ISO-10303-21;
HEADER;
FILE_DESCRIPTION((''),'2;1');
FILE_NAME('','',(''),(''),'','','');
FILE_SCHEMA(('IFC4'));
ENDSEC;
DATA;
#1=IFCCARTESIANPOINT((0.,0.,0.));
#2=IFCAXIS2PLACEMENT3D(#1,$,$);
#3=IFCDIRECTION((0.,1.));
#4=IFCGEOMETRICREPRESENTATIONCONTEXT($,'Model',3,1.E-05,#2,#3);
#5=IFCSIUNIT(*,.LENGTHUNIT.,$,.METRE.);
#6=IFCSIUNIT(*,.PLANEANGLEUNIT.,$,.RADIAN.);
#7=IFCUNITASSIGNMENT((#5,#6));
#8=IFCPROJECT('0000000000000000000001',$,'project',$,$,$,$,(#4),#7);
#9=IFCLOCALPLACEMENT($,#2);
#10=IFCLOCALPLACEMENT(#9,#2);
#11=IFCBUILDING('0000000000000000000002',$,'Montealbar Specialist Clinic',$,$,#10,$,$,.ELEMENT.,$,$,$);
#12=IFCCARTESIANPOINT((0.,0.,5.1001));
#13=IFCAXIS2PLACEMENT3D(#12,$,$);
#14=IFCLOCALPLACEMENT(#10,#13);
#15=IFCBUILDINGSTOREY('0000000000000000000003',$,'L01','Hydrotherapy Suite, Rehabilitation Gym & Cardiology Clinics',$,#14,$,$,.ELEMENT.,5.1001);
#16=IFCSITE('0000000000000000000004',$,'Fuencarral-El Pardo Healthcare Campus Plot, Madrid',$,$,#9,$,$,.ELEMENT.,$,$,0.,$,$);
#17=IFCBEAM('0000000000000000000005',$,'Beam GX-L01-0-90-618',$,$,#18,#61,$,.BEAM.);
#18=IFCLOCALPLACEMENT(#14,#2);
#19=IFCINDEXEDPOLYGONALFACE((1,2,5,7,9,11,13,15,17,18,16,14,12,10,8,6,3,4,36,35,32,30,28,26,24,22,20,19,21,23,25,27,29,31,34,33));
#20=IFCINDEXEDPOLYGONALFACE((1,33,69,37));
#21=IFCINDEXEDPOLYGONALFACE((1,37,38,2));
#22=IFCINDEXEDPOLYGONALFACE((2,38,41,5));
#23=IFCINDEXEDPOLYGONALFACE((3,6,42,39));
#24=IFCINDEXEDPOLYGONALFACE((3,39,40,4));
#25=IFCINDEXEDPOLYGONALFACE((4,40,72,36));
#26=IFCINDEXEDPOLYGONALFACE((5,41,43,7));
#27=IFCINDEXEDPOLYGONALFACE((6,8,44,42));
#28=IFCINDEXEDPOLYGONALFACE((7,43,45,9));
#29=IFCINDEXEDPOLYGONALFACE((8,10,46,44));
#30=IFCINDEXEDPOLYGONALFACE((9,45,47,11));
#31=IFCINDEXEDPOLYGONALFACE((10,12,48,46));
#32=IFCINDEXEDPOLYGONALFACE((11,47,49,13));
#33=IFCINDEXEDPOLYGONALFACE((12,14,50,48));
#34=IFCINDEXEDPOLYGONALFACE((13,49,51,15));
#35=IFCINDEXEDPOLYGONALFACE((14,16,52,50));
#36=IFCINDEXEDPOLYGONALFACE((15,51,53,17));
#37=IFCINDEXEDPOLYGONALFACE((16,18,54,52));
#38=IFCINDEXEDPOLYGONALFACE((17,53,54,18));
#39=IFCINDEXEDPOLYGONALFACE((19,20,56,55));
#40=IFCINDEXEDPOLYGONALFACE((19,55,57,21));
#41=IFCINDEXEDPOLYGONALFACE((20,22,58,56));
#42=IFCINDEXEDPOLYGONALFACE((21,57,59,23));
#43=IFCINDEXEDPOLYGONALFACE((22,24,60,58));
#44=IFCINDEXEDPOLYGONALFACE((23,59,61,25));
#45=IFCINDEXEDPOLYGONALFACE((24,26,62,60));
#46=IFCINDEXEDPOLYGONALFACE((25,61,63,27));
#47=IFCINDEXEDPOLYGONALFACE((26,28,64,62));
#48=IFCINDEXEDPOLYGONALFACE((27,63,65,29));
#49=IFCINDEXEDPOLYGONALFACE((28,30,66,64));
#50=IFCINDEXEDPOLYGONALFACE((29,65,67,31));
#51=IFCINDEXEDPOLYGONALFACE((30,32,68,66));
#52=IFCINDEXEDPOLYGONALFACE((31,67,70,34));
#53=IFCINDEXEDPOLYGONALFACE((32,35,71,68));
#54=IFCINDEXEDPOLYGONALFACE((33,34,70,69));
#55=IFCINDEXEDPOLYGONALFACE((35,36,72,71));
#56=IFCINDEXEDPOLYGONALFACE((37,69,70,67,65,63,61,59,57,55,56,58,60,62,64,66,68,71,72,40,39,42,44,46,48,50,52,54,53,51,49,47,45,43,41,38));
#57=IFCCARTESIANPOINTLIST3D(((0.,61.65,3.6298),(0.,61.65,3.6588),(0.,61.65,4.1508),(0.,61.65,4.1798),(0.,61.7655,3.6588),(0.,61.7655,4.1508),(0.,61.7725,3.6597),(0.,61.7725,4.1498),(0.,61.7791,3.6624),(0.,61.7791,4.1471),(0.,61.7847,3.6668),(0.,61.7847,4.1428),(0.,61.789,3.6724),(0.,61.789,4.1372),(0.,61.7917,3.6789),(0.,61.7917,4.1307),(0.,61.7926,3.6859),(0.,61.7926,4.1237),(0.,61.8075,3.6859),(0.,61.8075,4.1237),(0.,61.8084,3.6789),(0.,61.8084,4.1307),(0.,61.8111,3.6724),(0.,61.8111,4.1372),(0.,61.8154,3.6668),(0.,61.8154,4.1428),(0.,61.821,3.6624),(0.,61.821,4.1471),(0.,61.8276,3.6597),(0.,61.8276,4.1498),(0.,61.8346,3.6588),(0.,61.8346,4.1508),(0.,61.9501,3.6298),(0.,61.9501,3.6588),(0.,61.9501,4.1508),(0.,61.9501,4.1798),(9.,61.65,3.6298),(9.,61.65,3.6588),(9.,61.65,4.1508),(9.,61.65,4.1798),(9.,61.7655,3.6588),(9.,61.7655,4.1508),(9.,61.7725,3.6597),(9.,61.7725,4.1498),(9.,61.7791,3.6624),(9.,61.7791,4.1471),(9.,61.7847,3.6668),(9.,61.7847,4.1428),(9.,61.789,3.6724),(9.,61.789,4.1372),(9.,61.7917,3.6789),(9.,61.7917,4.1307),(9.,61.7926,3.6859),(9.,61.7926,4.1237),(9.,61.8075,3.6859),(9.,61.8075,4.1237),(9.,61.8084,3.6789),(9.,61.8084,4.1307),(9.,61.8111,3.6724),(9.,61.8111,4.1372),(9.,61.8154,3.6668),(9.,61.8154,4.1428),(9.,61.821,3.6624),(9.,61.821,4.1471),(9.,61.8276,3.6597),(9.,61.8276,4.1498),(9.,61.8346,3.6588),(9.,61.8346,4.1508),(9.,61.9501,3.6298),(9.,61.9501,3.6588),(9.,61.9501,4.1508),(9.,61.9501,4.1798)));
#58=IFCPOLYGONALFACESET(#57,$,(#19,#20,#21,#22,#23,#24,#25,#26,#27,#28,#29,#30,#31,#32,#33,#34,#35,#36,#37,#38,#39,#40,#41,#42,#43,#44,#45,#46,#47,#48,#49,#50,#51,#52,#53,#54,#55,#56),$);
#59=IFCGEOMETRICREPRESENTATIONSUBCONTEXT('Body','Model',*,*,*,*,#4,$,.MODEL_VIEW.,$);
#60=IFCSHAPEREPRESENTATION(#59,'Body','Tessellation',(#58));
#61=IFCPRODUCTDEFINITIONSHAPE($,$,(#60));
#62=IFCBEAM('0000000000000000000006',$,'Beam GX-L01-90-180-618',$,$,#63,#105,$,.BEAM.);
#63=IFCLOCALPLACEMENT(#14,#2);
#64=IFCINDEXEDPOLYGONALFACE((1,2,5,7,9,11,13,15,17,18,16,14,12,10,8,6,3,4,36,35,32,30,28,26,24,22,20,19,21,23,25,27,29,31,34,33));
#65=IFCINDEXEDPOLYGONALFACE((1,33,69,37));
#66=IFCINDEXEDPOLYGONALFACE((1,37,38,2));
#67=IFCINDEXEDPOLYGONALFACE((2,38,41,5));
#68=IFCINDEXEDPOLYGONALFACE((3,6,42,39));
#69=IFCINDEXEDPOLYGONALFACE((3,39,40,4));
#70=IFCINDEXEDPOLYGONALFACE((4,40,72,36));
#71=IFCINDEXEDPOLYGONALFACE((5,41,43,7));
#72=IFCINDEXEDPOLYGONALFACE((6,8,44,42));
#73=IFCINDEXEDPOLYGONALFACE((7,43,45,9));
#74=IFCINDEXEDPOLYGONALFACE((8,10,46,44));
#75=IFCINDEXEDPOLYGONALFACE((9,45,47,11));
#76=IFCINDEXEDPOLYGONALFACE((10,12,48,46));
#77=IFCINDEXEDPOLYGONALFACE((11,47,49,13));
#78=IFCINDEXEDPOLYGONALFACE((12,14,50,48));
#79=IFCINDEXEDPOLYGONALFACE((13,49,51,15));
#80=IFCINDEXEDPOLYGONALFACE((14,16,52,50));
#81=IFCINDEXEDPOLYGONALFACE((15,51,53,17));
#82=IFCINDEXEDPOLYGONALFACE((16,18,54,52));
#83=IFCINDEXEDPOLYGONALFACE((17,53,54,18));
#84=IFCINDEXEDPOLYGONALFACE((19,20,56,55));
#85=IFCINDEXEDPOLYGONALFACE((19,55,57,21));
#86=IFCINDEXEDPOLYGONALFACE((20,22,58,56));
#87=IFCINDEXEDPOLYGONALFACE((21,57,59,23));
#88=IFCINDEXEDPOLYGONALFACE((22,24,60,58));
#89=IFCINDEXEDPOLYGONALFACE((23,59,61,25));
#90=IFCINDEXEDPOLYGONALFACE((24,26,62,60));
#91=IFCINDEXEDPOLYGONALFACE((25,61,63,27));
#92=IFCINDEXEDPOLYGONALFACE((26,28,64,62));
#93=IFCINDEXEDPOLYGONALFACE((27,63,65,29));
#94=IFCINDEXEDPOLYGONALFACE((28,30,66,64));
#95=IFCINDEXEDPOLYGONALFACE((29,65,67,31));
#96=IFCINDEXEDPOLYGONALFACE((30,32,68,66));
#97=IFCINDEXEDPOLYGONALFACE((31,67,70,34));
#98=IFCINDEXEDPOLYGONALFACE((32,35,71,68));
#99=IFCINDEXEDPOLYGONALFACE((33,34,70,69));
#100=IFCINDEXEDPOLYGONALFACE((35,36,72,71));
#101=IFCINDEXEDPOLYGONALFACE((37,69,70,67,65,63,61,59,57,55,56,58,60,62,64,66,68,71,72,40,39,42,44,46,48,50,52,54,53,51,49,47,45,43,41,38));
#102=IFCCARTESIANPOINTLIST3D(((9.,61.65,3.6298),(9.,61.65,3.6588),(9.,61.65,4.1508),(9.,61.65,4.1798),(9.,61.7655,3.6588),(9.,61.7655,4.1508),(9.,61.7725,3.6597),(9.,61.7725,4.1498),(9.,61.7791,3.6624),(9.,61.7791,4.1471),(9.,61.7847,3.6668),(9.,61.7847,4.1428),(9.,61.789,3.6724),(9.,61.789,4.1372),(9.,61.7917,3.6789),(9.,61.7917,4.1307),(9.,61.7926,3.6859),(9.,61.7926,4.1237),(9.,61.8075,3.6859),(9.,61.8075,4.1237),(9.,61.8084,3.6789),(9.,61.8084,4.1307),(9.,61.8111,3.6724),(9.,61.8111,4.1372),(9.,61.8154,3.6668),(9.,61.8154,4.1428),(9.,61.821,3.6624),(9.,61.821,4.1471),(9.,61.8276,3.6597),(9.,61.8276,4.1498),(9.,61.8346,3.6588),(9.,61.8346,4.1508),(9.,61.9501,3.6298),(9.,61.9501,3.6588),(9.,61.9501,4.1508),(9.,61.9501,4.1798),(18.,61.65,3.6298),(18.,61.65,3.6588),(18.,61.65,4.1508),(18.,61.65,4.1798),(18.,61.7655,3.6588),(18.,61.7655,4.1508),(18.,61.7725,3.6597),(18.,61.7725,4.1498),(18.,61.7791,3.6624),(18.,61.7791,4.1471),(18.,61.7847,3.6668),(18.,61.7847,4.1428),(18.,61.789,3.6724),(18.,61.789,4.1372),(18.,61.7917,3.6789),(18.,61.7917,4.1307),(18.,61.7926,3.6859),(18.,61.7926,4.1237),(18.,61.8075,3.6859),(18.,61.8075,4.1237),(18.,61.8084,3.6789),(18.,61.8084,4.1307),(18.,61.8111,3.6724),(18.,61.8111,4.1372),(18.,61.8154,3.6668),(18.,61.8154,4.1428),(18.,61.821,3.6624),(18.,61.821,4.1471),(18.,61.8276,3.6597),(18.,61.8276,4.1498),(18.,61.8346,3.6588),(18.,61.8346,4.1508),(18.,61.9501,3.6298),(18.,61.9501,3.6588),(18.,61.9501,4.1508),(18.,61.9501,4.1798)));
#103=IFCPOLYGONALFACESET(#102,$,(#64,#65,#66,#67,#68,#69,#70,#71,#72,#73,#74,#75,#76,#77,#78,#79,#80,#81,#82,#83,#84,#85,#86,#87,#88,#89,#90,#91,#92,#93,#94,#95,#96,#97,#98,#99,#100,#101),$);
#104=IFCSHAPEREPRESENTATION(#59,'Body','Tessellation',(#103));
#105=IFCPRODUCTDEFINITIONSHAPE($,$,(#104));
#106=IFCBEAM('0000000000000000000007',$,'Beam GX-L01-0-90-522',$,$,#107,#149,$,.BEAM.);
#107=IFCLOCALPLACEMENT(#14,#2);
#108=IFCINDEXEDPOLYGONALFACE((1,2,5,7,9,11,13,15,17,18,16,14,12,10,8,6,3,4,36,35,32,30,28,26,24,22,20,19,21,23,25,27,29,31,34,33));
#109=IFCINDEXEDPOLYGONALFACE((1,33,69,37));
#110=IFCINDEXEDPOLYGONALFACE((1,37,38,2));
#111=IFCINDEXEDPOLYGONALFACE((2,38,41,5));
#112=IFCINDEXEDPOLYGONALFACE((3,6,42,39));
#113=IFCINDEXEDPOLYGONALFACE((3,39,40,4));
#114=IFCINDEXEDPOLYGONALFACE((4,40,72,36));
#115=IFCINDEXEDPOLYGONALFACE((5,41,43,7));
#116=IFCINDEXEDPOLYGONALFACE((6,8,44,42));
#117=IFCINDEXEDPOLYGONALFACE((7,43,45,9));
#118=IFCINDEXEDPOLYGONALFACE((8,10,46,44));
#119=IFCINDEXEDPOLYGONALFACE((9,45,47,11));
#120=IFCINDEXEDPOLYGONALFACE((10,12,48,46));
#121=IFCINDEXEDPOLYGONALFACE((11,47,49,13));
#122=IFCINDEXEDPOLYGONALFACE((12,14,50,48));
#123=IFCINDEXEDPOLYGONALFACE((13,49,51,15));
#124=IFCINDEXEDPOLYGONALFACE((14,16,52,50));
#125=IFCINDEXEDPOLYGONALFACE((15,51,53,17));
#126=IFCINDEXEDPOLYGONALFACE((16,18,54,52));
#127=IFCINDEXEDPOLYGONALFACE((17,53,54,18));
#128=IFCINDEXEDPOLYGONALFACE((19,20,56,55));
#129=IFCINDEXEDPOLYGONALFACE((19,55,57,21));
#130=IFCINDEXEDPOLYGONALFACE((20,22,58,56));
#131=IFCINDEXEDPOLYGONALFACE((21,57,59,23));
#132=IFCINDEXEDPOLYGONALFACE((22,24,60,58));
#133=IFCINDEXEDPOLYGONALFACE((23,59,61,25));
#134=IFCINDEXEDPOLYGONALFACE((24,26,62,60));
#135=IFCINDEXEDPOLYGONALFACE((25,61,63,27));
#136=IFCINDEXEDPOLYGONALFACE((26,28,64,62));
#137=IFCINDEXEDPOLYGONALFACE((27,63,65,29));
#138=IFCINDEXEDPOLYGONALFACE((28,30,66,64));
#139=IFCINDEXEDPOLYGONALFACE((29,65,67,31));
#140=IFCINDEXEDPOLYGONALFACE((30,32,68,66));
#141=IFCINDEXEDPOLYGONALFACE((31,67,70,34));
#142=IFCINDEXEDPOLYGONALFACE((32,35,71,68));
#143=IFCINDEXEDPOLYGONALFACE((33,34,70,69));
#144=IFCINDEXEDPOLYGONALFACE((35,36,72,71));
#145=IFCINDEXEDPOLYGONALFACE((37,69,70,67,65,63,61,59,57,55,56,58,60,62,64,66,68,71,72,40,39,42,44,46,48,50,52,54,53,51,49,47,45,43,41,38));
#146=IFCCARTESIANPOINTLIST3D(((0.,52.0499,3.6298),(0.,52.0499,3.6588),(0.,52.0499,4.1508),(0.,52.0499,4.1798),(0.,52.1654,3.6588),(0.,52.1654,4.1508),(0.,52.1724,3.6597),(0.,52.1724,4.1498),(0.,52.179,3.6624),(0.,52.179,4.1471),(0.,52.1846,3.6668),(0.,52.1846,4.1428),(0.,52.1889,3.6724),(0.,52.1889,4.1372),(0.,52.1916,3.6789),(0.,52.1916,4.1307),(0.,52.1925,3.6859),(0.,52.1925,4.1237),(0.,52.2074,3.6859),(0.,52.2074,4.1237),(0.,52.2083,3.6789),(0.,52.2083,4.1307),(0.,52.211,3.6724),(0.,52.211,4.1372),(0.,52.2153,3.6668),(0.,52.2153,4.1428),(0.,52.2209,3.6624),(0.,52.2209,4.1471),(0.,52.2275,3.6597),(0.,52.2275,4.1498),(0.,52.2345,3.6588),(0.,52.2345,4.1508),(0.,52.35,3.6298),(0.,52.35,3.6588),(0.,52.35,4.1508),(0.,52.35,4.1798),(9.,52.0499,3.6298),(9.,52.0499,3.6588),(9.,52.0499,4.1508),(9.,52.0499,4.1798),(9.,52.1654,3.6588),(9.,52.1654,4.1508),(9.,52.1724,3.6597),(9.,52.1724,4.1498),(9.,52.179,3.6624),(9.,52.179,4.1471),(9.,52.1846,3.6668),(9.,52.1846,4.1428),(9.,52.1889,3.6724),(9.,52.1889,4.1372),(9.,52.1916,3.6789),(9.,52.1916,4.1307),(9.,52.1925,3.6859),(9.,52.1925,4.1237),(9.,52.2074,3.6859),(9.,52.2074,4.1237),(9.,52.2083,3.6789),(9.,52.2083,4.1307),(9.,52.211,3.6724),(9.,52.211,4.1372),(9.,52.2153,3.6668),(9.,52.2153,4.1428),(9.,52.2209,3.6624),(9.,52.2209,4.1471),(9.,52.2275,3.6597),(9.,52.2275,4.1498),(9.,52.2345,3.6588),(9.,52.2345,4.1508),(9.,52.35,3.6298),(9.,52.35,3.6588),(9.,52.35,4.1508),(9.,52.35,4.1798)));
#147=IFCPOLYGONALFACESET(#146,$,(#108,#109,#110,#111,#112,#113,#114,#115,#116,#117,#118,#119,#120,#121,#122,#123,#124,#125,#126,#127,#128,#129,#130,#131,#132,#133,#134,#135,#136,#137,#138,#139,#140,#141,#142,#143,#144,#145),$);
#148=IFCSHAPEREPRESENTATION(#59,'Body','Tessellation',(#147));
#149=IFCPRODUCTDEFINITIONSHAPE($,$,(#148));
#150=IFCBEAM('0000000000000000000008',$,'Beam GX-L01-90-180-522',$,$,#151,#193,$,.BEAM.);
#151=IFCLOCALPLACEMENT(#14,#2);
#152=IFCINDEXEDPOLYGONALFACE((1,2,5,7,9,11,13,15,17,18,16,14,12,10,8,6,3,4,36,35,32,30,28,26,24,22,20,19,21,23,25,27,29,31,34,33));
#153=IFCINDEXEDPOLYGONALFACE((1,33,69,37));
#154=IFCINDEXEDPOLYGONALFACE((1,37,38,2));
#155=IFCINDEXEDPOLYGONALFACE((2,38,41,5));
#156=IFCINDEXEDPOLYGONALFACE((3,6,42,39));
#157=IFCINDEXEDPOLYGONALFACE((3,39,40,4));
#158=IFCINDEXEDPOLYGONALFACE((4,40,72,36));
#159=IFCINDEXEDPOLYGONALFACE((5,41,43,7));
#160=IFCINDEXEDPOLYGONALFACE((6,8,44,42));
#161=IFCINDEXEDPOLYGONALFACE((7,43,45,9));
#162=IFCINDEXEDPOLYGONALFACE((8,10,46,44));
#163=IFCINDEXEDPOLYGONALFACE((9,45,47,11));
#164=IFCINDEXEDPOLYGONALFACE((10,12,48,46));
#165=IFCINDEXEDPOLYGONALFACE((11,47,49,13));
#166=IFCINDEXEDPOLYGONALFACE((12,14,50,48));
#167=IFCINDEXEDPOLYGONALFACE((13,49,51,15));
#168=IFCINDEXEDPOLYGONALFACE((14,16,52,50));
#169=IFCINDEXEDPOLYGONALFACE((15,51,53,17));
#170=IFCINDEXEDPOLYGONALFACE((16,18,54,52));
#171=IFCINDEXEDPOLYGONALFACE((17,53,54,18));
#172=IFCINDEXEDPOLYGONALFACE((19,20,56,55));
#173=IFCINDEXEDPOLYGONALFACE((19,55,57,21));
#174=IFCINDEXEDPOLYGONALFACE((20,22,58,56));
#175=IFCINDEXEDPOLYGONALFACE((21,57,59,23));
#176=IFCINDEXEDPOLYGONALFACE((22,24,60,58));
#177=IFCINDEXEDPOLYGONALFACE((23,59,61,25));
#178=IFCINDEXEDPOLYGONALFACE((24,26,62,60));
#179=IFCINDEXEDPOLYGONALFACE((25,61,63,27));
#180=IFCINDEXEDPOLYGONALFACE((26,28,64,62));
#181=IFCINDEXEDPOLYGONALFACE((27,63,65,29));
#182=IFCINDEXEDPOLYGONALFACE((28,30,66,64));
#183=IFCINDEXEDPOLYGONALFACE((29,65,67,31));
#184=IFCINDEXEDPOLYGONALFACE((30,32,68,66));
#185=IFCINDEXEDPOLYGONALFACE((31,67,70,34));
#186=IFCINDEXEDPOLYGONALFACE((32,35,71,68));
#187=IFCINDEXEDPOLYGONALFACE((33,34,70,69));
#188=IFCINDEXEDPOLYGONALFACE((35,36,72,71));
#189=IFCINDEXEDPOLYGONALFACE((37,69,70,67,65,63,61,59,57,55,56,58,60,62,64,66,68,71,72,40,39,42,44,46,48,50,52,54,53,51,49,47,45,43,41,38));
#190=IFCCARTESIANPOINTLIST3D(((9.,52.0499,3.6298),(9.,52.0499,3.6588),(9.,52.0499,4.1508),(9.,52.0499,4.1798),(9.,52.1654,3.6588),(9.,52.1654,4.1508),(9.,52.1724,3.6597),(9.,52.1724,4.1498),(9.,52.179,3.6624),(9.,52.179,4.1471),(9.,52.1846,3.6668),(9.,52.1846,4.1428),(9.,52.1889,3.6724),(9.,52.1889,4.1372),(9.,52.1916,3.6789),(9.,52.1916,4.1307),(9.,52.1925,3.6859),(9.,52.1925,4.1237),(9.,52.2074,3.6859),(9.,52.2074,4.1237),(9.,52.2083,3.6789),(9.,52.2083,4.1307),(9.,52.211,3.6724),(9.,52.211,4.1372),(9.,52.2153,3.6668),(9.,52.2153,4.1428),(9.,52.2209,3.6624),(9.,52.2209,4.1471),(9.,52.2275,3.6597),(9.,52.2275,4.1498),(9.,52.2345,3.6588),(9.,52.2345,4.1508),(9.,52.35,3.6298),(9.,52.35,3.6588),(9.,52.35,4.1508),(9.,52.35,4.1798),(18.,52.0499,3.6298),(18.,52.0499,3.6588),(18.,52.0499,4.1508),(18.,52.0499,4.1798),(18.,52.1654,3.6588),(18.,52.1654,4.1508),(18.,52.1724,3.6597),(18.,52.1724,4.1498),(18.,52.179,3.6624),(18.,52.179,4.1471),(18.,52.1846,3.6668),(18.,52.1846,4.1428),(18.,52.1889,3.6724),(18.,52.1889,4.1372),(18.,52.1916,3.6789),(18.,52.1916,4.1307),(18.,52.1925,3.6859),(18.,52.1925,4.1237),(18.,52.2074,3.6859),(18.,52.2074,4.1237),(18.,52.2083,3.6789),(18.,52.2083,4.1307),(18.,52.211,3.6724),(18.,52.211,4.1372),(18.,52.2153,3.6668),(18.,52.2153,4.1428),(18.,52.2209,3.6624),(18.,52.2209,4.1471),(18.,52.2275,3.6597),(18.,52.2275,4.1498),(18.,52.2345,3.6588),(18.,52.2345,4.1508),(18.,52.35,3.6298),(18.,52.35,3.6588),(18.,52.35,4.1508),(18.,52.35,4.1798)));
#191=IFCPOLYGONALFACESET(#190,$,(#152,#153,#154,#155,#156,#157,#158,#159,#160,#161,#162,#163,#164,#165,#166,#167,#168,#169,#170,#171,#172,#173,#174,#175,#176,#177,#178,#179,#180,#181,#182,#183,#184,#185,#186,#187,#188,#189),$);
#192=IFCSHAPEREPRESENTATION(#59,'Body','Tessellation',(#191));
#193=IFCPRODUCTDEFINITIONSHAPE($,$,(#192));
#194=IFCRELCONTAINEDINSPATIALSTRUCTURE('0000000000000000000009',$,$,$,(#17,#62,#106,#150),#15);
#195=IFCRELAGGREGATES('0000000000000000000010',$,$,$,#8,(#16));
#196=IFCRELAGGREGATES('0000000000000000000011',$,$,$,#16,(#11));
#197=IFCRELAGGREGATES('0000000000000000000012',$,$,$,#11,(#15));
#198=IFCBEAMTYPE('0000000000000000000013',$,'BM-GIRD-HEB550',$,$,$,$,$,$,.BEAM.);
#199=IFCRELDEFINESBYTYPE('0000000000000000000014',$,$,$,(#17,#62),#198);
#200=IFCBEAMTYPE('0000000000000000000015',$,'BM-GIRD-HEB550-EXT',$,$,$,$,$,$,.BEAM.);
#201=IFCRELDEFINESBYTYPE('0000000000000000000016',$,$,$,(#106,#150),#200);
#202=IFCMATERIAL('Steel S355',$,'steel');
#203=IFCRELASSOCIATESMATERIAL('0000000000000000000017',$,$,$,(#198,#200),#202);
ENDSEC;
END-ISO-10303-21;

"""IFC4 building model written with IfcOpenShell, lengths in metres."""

from ifc_helpers import new_model, si_unit, direction, frame, origin, origin_2d, place, context, subcontext, project, spatial, i_section, extrude, material, material_profile, profile_set, type_object, element, save


model = new_model("IFC4")

# Units and contexts
model_context = context("Model", 3, precision=1e-05, world=origin(), true_north=direction((0.0, 1.0)))
body_context = subcontext(model_context, "Body", "Model", "MODEL_VIEW")
ifc_project = project(units=[si_unit("LENGTHUNIT", "METRE"), si_unit("PLANEANGLEUNIT", "RADIAN")], contexts=[model_context])

# Site, building, storey
site_placement = place(None, origin())
site = spatial("IfcSite", under=ifc_project, at=site_placement, Name="Fuencarral-El Pardo Healthcare Campus Plot, Madrid", CompositionType="ELEMENT", RefElevation=0.0)
building_placement = place(site_placement, origin())
building = spatial("IfcBuilding", under=site, at=building_placement, Name="Montealbar Specialist Clinic", CompositionType="ELEMENT")
storey_placement = place(building_placement, frame((0.0, 0.0, 5.1001)))
storey = spatial("IfcBuildingStorey", under=building, at=storey_placement, Name="L01", Description="Hydrotherapy Suite, Rehabilitation Gym & Cardiology Clinics", CompositionType="ELEMENT", Elevation=5.1001)

# Beams
ifc_material_1 = material(Name="Steel S355", Category="steel")
ifc_material_profile_1 = material_profile(ifc_material_1, i_section(OverallWidth=0.3, OverallDepth=0.55, WebThickness=0.0149, FlangeThickness=0.0291, FilletRadius=0.0271, at=origin_2d()), Name="HEB 550", Category="steel")
ifc_profile_set_1 = profile_set([ifc_material_profile_1], Name="Steel S355")
beam_type_1 = type_object("IfcBeamType", Name="BM-GIRD-HEB550", PredefinedType="BEAM", material=ifc_profile_set_1)
for number, where, z_axis, x_axis, name in (
    (1, (0.0, 61.8, 3.9048), (1.0, 0.0, 0.0), (0.0, 1.0, 0.0), "Beam GX-L01-0-90-618"),
    (2, (9.0, 61.8, 3.9048), (1.0, 0.0, 0.0), (0.0, 1.0, 0.0), "Beam GX-L01-90-180-618"),
):
    element("IfcBeam", number, at=place(storey_placement, frame(where, z_axis=z_axis, x_axis=x_axis)), inside=storey, type_object=beam_type_1, Name=name, PredefinedType="BEAM", context=body_context, shape_type="SweptSolid", body=[
        extrude(i_section(OverallWidth=0.3, OverallDepth=0.55, WebThickness=0.0149, FlangeThickness=0.0291, FilletRadius=0.0271, at=origin_2d()), origin(), (0.0, 0.0, 1.0), 9.0),
    ])
ifc_material_profile_2 = material_profile(ifc_material_1, i_section(OverallWidth=0.3, OverallDepth=0.55, WebThickness=0.0149, FlangeThickness=0.0291, FilletRadius=0.0271, at=origin_2d()), Name="HEB 550", Category="steel")
ifc_profile_set_2 = profile_set([ifc_material_profile_2], Name="Steel S355")
beam_type_2 = type_object("IfcBeamType", Name="BM-GIRD-HEB550-EXT", PredefinedType="BEAM", material=ifc_profile_set_2)
for number, where, z_axis, x_axis, name in (
    (3, (0.0, 52.2, 3.9048), (1.0, 0.0, 0.0), (0.0, 1.0, 0.0), "Beam GX-L01-0-90-522"),
    (4, (9.0, 52.2, 3.9048), (1.0, 0.0, 0.0), (0.0, 1.0, 0.0), "Beam GX-L01-90-180-522"),
):
    element("IfcBeam", number, at=place(storey_placement, frame(where, z_axis=z_axis, x_axis=x_axis)), inside=storey, type_object=beam_type_2, Name=name, PredefinedType="BEAM", context=body_context, shape_type="SweptSolid", body=[
        extrude(i_section(OverallWidth=0.3, OverallDepth=0.55, WebThickness=0.0149, FlangeThickness=0.0291, FilletRadius=0.0271, at=origin_2d()), origin(), (0.0, 0.0, 1.0), 9.0),
    ])

save(model, "model.ifc")
